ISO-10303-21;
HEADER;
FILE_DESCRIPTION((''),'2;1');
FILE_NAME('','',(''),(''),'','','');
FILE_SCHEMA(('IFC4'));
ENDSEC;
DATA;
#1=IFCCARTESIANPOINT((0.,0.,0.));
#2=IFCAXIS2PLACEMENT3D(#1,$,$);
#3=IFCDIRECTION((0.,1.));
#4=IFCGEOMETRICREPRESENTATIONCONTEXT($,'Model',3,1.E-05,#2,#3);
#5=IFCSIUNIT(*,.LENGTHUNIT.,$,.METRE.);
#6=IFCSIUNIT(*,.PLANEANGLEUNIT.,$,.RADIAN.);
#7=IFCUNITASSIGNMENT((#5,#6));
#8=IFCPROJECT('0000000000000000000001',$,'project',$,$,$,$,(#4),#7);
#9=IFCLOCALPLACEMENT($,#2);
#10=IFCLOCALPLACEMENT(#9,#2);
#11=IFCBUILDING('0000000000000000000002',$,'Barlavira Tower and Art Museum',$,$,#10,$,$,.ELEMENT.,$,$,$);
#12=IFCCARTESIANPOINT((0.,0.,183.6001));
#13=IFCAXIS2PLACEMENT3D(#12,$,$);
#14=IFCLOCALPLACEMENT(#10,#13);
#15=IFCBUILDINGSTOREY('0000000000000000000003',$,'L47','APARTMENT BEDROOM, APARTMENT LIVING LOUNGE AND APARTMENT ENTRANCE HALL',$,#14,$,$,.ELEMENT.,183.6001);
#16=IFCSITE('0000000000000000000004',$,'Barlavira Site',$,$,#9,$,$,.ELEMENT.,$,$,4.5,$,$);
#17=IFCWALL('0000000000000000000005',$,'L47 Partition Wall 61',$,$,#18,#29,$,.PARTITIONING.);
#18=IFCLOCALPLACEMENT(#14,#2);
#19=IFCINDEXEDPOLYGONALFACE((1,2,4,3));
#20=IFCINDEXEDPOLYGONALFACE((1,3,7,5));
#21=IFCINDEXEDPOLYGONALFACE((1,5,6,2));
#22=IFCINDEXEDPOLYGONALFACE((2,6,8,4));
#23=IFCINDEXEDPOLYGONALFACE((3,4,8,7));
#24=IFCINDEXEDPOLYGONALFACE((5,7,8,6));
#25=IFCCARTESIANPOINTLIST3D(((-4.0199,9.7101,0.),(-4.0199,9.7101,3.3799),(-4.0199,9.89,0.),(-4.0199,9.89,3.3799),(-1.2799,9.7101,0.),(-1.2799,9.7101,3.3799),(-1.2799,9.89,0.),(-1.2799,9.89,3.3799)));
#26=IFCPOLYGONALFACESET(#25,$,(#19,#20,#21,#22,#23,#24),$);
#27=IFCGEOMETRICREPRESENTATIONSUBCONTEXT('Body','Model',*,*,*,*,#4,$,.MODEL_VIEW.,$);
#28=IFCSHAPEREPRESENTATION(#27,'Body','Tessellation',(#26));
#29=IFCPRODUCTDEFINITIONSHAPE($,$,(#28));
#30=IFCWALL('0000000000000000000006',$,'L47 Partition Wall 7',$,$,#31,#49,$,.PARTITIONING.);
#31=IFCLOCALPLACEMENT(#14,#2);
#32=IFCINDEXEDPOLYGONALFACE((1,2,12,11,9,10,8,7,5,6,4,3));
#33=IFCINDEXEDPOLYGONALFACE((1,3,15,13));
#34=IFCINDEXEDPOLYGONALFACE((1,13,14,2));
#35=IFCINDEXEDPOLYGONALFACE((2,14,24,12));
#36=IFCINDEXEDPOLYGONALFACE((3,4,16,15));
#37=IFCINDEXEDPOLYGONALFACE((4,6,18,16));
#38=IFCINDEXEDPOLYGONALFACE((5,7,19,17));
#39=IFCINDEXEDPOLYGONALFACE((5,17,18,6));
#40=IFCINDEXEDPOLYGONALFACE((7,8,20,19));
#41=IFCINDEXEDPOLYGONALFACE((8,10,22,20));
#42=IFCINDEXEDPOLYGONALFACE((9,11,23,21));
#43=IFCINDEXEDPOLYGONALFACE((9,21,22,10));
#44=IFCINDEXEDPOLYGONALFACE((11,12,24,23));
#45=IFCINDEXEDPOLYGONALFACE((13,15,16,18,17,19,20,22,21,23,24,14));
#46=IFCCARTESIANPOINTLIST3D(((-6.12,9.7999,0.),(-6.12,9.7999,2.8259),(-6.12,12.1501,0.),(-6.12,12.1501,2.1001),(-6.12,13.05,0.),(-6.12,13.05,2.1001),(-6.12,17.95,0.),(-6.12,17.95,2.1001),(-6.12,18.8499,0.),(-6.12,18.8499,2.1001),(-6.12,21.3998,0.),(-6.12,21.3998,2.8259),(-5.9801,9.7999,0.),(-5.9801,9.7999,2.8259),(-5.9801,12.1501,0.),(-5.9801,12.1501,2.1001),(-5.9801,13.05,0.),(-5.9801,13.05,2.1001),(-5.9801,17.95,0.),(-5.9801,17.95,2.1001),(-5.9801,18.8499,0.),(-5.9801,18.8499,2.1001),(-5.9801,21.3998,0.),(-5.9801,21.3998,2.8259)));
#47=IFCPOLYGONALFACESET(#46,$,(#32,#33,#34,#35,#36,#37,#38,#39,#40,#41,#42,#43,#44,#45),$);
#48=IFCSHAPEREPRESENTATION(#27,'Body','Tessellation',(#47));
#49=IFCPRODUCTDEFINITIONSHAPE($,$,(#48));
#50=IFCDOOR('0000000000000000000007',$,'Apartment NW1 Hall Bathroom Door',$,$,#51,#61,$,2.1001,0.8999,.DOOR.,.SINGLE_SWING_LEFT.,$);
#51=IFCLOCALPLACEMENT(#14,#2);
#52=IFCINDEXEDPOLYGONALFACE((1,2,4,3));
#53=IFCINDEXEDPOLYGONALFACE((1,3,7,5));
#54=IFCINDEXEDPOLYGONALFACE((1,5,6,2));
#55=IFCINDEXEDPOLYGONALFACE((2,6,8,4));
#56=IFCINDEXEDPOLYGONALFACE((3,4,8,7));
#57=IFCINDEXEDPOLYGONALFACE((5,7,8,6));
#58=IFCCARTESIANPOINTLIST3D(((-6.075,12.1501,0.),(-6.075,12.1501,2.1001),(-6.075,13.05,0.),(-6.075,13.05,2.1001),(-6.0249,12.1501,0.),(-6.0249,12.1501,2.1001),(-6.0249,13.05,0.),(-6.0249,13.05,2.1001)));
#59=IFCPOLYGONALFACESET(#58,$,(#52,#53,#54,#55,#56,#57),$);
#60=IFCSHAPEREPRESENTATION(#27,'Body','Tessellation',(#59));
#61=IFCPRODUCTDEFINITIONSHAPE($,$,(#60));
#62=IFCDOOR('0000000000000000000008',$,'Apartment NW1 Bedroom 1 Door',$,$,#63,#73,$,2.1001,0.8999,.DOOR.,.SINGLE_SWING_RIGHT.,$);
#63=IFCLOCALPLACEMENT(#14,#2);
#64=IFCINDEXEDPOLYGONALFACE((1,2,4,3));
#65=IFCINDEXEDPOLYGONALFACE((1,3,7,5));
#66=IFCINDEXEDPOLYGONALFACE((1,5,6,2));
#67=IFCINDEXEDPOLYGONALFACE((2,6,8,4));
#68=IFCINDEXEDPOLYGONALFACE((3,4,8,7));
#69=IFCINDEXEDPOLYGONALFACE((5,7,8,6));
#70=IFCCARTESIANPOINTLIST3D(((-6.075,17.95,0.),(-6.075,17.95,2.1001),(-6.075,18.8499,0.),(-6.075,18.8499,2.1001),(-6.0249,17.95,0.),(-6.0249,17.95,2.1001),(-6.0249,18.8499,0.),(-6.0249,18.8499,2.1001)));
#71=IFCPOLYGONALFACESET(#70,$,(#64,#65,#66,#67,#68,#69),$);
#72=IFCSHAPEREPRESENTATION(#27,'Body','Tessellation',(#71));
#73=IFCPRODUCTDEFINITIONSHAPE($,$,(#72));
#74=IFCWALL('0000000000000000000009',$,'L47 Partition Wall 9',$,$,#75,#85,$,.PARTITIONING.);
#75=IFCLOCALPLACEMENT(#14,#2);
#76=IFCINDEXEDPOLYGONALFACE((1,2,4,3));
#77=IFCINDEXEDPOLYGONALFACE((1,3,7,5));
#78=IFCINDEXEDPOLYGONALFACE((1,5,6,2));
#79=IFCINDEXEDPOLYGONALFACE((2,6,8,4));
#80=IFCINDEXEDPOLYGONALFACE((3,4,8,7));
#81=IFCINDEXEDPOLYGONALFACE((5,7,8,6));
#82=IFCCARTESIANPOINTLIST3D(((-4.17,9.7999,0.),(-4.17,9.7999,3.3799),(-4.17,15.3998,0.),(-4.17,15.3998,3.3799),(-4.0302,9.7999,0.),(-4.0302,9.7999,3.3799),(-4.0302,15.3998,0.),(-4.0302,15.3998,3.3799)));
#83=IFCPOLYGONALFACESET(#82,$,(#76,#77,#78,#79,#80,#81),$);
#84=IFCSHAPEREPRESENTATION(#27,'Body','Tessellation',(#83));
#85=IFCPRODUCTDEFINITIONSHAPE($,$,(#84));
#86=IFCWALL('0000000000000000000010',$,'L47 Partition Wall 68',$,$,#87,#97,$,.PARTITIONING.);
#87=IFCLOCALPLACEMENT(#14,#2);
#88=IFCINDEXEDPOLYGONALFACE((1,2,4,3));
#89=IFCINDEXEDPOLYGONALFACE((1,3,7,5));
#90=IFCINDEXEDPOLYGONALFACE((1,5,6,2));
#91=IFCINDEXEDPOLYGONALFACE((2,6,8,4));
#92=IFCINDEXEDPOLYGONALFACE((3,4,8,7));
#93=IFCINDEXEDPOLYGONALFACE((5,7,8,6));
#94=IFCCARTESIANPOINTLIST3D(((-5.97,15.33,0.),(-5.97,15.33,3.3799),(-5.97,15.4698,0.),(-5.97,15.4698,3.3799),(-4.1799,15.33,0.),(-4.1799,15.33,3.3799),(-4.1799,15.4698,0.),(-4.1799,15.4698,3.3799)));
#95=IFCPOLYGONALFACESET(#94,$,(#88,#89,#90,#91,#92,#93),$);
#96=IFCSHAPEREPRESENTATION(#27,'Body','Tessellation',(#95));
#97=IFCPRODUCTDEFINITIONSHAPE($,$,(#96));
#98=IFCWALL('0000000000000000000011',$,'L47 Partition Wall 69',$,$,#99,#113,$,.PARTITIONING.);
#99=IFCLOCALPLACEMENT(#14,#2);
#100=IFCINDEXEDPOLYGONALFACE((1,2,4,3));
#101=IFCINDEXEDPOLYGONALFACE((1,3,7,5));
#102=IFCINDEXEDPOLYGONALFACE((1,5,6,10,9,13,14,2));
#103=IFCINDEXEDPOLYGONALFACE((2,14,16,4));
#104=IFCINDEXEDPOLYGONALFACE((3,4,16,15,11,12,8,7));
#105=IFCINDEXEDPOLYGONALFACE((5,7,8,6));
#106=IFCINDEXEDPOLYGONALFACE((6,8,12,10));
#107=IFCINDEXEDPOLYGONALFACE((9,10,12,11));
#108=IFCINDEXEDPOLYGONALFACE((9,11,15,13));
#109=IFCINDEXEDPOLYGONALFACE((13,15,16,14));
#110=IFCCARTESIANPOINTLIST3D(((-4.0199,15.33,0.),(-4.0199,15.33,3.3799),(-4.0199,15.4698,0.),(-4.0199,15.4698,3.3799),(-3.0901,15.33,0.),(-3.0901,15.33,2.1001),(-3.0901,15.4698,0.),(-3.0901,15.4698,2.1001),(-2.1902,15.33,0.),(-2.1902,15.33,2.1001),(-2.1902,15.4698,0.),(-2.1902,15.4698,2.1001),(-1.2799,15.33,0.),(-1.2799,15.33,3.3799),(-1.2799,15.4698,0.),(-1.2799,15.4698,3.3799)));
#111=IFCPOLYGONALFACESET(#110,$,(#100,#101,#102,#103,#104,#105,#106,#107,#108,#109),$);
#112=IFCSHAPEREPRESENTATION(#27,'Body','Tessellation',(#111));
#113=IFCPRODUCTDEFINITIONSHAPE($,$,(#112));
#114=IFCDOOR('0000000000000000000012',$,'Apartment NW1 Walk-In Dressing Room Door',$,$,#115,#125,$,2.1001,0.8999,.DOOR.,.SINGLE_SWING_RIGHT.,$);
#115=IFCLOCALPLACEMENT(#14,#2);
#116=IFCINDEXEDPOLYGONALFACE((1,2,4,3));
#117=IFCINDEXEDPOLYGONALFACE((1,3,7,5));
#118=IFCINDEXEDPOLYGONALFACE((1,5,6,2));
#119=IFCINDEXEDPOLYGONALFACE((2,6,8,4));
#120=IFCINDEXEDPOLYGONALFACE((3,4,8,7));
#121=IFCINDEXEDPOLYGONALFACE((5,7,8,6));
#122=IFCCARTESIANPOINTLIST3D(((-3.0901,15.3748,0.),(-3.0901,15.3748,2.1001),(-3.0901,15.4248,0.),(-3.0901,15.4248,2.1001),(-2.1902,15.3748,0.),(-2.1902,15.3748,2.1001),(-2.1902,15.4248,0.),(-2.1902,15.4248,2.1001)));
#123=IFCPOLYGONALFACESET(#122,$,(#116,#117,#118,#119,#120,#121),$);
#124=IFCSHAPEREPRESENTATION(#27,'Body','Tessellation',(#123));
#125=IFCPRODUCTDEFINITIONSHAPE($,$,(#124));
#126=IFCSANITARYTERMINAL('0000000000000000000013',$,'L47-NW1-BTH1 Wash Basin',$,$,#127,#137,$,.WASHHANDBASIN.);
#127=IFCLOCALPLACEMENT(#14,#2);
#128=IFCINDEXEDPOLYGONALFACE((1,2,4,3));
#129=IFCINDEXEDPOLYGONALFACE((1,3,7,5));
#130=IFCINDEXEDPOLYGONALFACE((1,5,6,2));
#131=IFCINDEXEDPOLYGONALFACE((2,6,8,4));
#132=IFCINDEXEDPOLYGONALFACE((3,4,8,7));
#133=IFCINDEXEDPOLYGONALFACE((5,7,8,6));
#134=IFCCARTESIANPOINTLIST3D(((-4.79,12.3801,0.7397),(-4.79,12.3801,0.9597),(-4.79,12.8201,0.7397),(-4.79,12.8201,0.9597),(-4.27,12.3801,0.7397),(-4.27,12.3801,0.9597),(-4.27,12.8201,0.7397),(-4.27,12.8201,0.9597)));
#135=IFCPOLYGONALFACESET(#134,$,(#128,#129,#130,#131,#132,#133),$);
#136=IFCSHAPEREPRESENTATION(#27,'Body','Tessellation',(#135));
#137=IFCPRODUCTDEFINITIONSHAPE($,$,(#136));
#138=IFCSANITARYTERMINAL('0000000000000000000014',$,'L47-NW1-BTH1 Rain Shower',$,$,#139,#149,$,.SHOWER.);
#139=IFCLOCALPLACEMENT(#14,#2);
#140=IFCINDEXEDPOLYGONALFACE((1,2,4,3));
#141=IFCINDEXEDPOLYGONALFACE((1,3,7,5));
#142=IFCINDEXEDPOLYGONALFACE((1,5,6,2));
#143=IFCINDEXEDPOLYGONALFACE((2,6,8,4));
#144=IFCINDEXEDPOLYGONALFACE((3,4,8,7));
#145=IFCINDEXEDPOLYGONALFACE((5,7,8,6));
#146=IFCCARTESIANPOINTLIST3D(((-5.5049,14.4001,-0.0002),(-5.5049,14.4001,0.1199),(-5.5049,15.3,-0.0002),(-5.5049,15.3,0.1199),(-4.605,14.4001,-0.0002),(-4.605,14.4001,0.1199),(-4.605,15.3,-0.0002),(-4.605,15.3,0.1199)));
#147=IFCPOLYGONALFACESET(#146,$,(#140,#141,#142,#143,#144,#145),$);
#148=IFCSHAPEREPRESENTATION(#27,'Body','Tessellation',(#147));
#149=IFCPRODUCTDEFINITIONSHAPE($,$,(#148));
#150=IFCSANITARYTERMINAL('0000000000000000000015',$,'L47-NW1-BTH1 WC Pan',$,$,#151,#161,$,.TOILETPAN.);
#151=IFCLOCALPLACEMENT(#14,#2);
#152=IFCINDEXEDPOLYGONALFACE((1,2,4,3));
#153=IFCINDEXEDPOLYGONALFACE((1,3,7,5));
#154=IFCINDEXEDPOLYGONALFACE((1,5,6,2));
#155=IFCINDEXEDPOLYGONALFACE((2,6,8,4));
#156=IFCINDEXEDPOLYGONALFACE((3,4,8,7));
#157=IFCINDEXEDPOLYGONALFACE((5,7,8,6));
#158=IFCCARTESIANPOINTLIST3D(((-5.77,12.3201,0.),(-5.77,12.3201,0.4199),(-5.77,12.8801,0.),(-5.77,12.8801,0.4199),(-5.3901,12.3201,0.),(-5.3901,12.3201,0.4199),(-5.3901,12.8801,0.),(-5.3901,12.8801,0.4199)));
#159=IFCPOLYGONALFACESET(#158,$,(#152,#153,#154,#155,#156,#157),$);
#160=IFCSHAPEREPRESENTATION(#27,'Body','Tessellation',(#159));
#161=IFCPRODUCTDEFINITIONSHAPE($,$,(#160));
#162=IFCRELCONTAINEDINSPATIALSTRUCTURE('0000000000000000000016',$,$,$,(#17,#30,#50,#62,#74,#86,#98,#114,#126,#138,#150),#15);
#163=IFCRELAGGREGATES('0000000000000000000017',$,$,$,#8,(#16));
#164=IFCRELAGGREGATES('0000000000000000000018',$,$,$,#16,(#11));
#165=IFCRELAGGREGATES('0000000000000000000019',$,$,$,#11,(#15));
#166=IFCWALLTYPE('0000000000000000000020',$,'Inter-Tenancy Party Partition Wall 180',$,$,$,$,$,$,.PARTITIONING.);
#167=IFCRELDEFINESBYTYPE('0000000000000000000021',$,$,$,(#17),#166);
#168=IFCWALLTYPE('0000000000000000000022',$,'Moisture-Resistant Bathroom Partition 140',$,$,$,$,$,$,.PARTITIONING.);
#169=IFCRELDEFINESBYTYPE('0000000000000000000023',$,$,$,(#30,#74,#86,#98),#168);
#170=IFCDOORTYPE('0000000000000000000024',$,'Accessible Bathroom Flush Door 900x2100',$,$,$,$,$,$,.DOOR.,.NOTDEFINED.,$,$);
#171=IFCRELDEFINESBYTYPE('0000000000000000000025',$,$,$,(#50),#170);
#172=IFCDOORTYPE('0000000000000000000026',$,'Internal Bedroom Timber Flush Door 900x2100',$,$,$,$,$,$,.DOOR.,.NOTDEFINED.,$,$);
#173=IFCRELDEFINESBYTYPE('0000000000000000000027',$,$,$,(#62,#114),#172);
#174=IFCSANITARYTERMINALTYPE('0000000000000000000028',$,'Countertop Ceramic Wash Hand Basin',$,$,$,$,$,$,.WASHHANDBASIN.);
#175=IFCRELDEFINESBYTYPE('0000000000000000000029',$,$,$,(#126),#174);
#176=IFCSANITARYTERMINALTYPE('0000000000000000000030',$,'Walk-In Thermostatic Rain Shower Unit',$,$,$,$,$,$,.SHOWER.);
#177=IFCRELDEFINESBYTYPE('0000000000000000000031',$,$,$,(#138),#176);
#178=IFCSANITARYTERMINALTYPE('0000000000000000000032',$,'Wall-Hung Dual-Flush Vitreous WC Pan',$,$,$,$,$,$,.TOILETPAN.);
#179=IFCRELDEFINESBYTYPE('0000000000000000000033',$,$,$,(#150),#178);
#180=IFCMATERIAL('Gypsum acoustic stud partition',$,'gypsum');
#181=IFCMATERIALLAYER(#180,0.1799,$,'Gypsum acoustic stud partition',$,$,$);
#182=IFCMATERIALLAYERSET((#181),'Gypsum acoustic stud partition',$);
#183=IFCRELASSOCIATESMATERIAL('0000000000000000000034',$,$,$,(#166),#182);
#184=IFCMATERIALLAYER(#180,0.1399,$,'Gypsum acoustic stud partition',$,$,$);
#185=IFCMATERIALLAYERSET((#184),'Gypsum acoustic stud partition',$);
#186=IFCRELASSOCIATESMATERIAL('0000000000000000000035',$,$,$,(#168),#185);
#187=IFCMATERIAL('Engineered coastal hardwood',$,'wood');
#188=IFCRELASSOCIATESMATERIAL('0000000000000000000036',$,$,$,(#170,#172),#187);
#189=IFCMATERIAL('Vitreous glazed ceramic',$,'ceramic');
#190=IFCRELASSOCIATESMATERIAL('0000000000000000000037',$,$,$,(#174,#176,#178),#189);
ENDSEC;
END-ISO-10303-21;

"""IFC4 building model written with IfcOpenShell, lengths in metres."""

from ifc_helpers import new_model, si_unit, direction, frame, frame_2d, origin, origin_2d, place, context, subcontext, project, spatial, rectangle, extrude, material, layer, layer_set, type_object, element, fill, save


model = new_model("IFC4")

# Units and contexts
model_context = context("Model", 3, precision=1e-05, world=origin(), true_north=direction((0.0, 1.0)))
body_context = subcontext(model_context, "Body", "Model", "MODEL_VIEW")
ifc_project = project(units=[si_unit("LENGTHUNIT", "METRE"), si_unit("PLANEANGLEUNIT", "RADIAN")], contexts=[model_context])

# Site, building, storey
site_placement = place(None, origin())
site = spatial("IfcSite", under=ifc_project, at=site_placement, Name="Barlavira Site", CompositionType="ELEMENT", RefElevation=4.5)
building_placement = place(site_placement, origin())
building = spatial("IfcBuilding", under=site, at=building_placement, Name="Barlavira Tower and Art Museum", CompositionType="ELEMENT")
storey_placement = place(building_placement, frame((0.0, 0.0, 183.6001)))
storey = spatial("IfcBuildingStorey", under=building, at=storey_placement, Name="L47", Description="APARTMENT BEDROOM, APARTMENT LIVING LOUNGE AND APARTMENT ENTRANCE HALL", CompositionType="ELEMENT", Elevation=183.6001)

# Wall
ifc_material_1 = material(Name="Gypsum acoustic stud partition", Category="gypsum")
ifc_layer_1 = layer(ifc_material_1, 0.1799, Name="Gypsum acoustic stud partition")
ifc_layer_set_1 = layer_set([ifc_layer_1], Name="Gypsum acoustic stud partition")
wall_type_1 = type_object("IfcWallType", Name="Inter-Tenancy Party Partition Wall 180", PredefinedType="PARTITIONING", material=ifc_layer_set_1)
wall_1_placement = place(storey_placement, frame((-4.02, 9.8, 0.0), z_axis=(0.0, 0.0, 1.0), x_axis=(1.0, 0.0, 0.0)))
element("IfcWall", 1, at=wall_1_placement, inside=storey, type_object=wall_type_1, Name="L47 Partition Wall 61", PredefinedType="PARTITIONING", context=body_context, shape_type="SweptSolid", body=[
    extrude(rectangle(XDim=2.74, YDim=0.1799, at=frame_2d((1.3701, 0.0))), origin(), (0.0, 0.0, 1.0), 3.3799),
])

# Wall, openings, doors
ifc_layer_2 = layer(ifc_material_1, 0.1399, Name="Gypsum acoustic stud partition")
ifc_layer_set_2 = layer_set([ifc_layer_2], Name="Gypsum acoustic stud partition")
wall_type_2 = type_object("IfcWallType", Name="Moisture-Resistant Bathroom Partition 140", PredefinedType="PARTITIONING", material=ifc_layer_set_2)
wall_2_placement = place(storey_placement, frame((-6.05, 9.8, 0.0), z_axis=(0.0, 0.0, 1.0), x_axis=(0.0, 1.0, 0.0)))
wall_2 = element("IfcWall", 2, at=wall_2_placement, inside=storey, type_object=wall_type_2, Name="L47 Partition Wall 7", PredefinedType="PARTITIONING", context=body_context, shape_type="SweptSolid", body=[
    extrude(rectangle(XDim=11.5999, YDim=0.1399, at=frame_2d((5.7998, 0.0))), origin(), (0.0, 0.0, 1.0), 2.8259),
])
opening_1_placement = place(wall_2_placement, frame((2.3501, 0.0, 0.0)))
opening_1 = element("IfcOpeningElement", 3, at=opening_1_placement, cuts=wall_2, PredefinedType="OPENING", context=body_context, shape_type="SweptSolid", body=[
    extrude(rectangle(XDim=0.8999, YDim=2.1001, at=frame_2d((0.45, 1.05))), frame((0.0, 0.0801, 0.0), z_axis=(0.0, -1.0, 0.0), x_axis=(1.0, 0.0, 0.0)), (0.0, 0.0, 1.0), 0.1599),
])
opening_2_placement = place(wall_2_placement, frame((8.1499, 0.0, 0.0)))
opening_2 = element("IfcOpeningElement", 4, at=opening_2_placement, cuts=wall_2, PredefinedType="OPENING", context=body_context, shape_type="SweptSolid", body=[
    extrude(rectangle(XDim=0.8999, YDim=2.1001, at=frame_2d((0.45, 1.05))), frame((0.0, 0.0801, 0.0), z_axis=(0.0, -1.0, 0.0), x_axis=(1.0, 0.0, 0.0)), (0.0, 0.0, 1.0), 0.1599),
])
ifc_material_2 = material(Name="Engineered coastal hardwood", Category="wood")
door_type_1 = type_object("IfcDoorType", Name="Accessible Bathroom Flush Door 900x2100", OperationType="NOTDEFINED", PredefinedType="DOOR", material=ifc_material_2)
door_1_placement = place(opening_1_placement, origin())
door_1 = element("IfcDoor", 5, at=door_1_placement, inside=storey, type_object=door_type_1, Name="Apartment NW1 Hall Bathroom Door", OperationType="SINGLE_SWING_LEFT", OverallHeight=2.1001, OverallWidth=0.8999, PredefinedType="DOOR", context=body_context, shape_type="SweptSolid", body=[
    extrude(rectangle(XDim=0.8999, YDim=2.1001, at=frame_2d((0.45, 1.05))), frame((0.0, 0.0249, 0.0), z_axis=(0.0, -1.0, 0.0), x_axis=(1.0, 0.0, 0.0)), (0.0, 0.0, 1.0), 0.05),
])
fill(opening_1, door_1)
door_type_2 = type_object("IfcDoorType", Name="Internal Bedroom Timber Flush Door 900x2100", OperationType="NOTDEFINED", PredefinedType="DOOR", material=ifc_material_2)
door_2_placement = place(opening_2_placement, origin())
door_2 = element("IfcDoor", 6, at=door_2_placement, inside=storey, type_object=door_type_2, Name="Apartment NW1 Bedroom 1 Door", OperationType="SINGLE_SWING_RIGHT", OverallHeight=2.1001, OverallWidth=0.8999, PredefinedType="DOOR", context=body_context, shape_type="SweptSolid", body=[
    extrude(rectangle(XDim=0.8999, YDim=2.1001, at=frame_2d((0.45, 1.05))), frame((0.0, 0.0249, 0.0), z_axis=(0.0, -1.0, 0.0), x_axis=(1.0, 0.0, 0.0)), (0.0, 0.0, 1.0), 0.05),
])
fill(opening_2, door_2)

# Walls
wall_3_placement = place(storey_placement, frame((-4.1001, 9.8, 0.0), z_axis=(0.0, 0.0, 1.0), x_axis=(0.0, 1.0, 0.0)))
element("IfcWall", 7, at=wall_3_placement, inside=storey, type_object=wall_type_2, Name="L47 Partition Wall 9", PredefinedType="PARTITIONING", context=body_context, shape_type="SweptSolid", body=[
    extrude(rectangle(XDim=5.5999, YDim=0.1399, at=frame_2d((2.7998, 0.0))), origin(), (0.0, 0.0, 1.0), 3.3799),
])
wall_4_placement = place(storey_placement, frame((-5.97, 15.3999, 0.0), z_axis=(0.0, 0.0, 1.0), x_axis=(1.0, 0.0, 0.0)))
element("IfcWall", 8, at=wall_4_placement, inside=storey, type_object=wall_type_2, Name="L47 Partition Wall 68", PredefinedType="PARTITIONING", context=body_context, shape_type="SweptSolid", body=[
    extrude(rectangle(XDim=1.79, YDim=0.1399, at=frame_2d((0.895, 0.0))), origin(), (0.0, 0.0, 1.0), 3.3799),
])

# Wall, opening, door
wall_5_placement = place(storey_placement, frame((-4.02, 15.3999, 0.0), z_axis=(0.0, 0.0, 1.0), x_axis=(1.0, 0.0, 0.0)))
wall_5 = element("IfcWall", 9, at=wall_5_placement, inside=storey, type_object=wall_type_2, Name="L47 Partition Wall 69", PredefinedType="PARTITIONING", context=body_context, shape_type="SweptSolid", body=[
    extrude(rectangle(XDim=2.74, YDim=0.1399, at=frame_2d((1.3701, 0.0))), origin(), (0.0, 0.0, 1.0), 3.3799),
])
opening_3_placement = place(wall_5_placement, frame((0.9299, 0.0, 0.0)))
opening_3 = element("IfcOpeningElement", 10, at=opening_3_placement, cuts=wall_5, PredefinedType="OPENING", context=body_context, shape_type="SweptSolid", body=[
    extrude(rectangle(XDim=0.8999, YDim=2.1001, at=frame_2d((0.45, 1.05))), frame((0.0, 0.0801, 0.0), z_axis=(0.0, -1.0, 0.0), x_axis=(1.0, 0.0, 0.0)), (0.0, 0.0, 1.0), 0.1599),
])
door_3_placement = place(opening_3_placement, origin())
door_3 = element("IfcDoor", 11, at=door_3_placement, inside=storey, type_object=door_type_2, Name="Apartment NW1 Walk-In Dressing Room Door", OperationType="SINGLE_SWING_RIGHT", OverallHeight=2.1001, OverallWidth=0.8999, PredefinedType="DOOR", context=body_context, shape_type="SweptSolid", body=[
    extrude(rectangle(XDim=0.8999, YDim=2.1001, at=frame_2d((0.45, 1.05))), frame((0.0, 0.0249, 0.0), z_axis=(0.0, -1.0, 0.0), x_axis=(1.0, 0.0, 0.0)), (0.0, 0.0, 1.0), 0.05),
])
fill(opening_3, door_3)

# Sanitary terminals
ifc_material_3 = material(Name="Vitreous glazed ceramic", Category="ceramic")
sanitary_terminal_type_1 = type_object("IfcSanitaryTerminalType", Name="Countertop Ceramic Wash Hand Basin", PredefinedType="WASHHANDBASIN", material=ifc_material_3)
sanitary_terminal_1_placement = place(storey_placement, frame((-4.53, 12.6001, 0.7397), z_axis=(0.0, 0.0, 1.0), x_axis=(1.0, 0.0, 0.0)))
element("IfcSanitaryTerminal", 12, at=sanitary_terminal_1_placement, inside=storey, type_object=sanitary_terminal_type_1, Name="L47-NW1-BTH1 Wash Basin", PredefinedType="WASHHANDBASIN", context=body_context, shape_type="SweptSolid", body=[
    extrude(rectangle(XDim=0.52, YDim=0.4399, at=origin_2d()), origin(), (0.0, 0.0, 1.0), 0.22),
])
sanitary_terminal_type_2 = type_object("IfcSanitaryTerminalType", Name="Walk-In Thermostatic Rain Shower Unit", PredefinedType="SHOWER", material=ifc_material_3)
sanitary_terminal_2_placement = place(storey_placement, frame((-5.0549, 14.8501, -0.0002), z_axis=(0.0, 0.0, 1.0), x_axis=(1.0, 0.0, 0.0)))
element("IfcSanitaryTerminal", 13, at=sanitary_terminal_2_placement, inside=storey, type_object=sanitary_terminal_type_2, Name="L47-NW1-BTH1 Rain Shower", PredefinedType="SHOWER", context=body_context, shape_type="SweptSolid", body=[
    extrude(rectangle(XDim=0.8999, YDim=0.8999, at=origin_2d()), origin(), (0.0, 0.0, 1.0), 0.1201),
])
sanitary_terminal_type_3 = type_object("IfcSanitaryTerminalType", Name="Wall-Hung Dual-Flush Vitreous WC Pan", PredefinedType="TOILETPAN", material=ifc_material_3)
sanitary_terminal_3_placement = place(storey_placement, frame((-5.5801, 12.6001, 0.0), z_axis=(0.0, 0.0, 1.0), x_axis=(1.0, 0.0, 0.0)))
element("IfcSanitaryTerminal", 14, at=sanitary_terminal_3_placement, inside=storey, type_object=sanitary_terminal_type_3, Name="L47-NW1-BTH1 WC Pan", PredefinedType="TOILETPAN", context=body_context, shape_type="SweptSolid", body=[
    extrude(rectangle(XDim=0.3799, YDim=0.5601, at=origin_2d()), origin(), (0.0, 0.0, 1.0), 0.4199),
])

save(model, "model.ifc")
